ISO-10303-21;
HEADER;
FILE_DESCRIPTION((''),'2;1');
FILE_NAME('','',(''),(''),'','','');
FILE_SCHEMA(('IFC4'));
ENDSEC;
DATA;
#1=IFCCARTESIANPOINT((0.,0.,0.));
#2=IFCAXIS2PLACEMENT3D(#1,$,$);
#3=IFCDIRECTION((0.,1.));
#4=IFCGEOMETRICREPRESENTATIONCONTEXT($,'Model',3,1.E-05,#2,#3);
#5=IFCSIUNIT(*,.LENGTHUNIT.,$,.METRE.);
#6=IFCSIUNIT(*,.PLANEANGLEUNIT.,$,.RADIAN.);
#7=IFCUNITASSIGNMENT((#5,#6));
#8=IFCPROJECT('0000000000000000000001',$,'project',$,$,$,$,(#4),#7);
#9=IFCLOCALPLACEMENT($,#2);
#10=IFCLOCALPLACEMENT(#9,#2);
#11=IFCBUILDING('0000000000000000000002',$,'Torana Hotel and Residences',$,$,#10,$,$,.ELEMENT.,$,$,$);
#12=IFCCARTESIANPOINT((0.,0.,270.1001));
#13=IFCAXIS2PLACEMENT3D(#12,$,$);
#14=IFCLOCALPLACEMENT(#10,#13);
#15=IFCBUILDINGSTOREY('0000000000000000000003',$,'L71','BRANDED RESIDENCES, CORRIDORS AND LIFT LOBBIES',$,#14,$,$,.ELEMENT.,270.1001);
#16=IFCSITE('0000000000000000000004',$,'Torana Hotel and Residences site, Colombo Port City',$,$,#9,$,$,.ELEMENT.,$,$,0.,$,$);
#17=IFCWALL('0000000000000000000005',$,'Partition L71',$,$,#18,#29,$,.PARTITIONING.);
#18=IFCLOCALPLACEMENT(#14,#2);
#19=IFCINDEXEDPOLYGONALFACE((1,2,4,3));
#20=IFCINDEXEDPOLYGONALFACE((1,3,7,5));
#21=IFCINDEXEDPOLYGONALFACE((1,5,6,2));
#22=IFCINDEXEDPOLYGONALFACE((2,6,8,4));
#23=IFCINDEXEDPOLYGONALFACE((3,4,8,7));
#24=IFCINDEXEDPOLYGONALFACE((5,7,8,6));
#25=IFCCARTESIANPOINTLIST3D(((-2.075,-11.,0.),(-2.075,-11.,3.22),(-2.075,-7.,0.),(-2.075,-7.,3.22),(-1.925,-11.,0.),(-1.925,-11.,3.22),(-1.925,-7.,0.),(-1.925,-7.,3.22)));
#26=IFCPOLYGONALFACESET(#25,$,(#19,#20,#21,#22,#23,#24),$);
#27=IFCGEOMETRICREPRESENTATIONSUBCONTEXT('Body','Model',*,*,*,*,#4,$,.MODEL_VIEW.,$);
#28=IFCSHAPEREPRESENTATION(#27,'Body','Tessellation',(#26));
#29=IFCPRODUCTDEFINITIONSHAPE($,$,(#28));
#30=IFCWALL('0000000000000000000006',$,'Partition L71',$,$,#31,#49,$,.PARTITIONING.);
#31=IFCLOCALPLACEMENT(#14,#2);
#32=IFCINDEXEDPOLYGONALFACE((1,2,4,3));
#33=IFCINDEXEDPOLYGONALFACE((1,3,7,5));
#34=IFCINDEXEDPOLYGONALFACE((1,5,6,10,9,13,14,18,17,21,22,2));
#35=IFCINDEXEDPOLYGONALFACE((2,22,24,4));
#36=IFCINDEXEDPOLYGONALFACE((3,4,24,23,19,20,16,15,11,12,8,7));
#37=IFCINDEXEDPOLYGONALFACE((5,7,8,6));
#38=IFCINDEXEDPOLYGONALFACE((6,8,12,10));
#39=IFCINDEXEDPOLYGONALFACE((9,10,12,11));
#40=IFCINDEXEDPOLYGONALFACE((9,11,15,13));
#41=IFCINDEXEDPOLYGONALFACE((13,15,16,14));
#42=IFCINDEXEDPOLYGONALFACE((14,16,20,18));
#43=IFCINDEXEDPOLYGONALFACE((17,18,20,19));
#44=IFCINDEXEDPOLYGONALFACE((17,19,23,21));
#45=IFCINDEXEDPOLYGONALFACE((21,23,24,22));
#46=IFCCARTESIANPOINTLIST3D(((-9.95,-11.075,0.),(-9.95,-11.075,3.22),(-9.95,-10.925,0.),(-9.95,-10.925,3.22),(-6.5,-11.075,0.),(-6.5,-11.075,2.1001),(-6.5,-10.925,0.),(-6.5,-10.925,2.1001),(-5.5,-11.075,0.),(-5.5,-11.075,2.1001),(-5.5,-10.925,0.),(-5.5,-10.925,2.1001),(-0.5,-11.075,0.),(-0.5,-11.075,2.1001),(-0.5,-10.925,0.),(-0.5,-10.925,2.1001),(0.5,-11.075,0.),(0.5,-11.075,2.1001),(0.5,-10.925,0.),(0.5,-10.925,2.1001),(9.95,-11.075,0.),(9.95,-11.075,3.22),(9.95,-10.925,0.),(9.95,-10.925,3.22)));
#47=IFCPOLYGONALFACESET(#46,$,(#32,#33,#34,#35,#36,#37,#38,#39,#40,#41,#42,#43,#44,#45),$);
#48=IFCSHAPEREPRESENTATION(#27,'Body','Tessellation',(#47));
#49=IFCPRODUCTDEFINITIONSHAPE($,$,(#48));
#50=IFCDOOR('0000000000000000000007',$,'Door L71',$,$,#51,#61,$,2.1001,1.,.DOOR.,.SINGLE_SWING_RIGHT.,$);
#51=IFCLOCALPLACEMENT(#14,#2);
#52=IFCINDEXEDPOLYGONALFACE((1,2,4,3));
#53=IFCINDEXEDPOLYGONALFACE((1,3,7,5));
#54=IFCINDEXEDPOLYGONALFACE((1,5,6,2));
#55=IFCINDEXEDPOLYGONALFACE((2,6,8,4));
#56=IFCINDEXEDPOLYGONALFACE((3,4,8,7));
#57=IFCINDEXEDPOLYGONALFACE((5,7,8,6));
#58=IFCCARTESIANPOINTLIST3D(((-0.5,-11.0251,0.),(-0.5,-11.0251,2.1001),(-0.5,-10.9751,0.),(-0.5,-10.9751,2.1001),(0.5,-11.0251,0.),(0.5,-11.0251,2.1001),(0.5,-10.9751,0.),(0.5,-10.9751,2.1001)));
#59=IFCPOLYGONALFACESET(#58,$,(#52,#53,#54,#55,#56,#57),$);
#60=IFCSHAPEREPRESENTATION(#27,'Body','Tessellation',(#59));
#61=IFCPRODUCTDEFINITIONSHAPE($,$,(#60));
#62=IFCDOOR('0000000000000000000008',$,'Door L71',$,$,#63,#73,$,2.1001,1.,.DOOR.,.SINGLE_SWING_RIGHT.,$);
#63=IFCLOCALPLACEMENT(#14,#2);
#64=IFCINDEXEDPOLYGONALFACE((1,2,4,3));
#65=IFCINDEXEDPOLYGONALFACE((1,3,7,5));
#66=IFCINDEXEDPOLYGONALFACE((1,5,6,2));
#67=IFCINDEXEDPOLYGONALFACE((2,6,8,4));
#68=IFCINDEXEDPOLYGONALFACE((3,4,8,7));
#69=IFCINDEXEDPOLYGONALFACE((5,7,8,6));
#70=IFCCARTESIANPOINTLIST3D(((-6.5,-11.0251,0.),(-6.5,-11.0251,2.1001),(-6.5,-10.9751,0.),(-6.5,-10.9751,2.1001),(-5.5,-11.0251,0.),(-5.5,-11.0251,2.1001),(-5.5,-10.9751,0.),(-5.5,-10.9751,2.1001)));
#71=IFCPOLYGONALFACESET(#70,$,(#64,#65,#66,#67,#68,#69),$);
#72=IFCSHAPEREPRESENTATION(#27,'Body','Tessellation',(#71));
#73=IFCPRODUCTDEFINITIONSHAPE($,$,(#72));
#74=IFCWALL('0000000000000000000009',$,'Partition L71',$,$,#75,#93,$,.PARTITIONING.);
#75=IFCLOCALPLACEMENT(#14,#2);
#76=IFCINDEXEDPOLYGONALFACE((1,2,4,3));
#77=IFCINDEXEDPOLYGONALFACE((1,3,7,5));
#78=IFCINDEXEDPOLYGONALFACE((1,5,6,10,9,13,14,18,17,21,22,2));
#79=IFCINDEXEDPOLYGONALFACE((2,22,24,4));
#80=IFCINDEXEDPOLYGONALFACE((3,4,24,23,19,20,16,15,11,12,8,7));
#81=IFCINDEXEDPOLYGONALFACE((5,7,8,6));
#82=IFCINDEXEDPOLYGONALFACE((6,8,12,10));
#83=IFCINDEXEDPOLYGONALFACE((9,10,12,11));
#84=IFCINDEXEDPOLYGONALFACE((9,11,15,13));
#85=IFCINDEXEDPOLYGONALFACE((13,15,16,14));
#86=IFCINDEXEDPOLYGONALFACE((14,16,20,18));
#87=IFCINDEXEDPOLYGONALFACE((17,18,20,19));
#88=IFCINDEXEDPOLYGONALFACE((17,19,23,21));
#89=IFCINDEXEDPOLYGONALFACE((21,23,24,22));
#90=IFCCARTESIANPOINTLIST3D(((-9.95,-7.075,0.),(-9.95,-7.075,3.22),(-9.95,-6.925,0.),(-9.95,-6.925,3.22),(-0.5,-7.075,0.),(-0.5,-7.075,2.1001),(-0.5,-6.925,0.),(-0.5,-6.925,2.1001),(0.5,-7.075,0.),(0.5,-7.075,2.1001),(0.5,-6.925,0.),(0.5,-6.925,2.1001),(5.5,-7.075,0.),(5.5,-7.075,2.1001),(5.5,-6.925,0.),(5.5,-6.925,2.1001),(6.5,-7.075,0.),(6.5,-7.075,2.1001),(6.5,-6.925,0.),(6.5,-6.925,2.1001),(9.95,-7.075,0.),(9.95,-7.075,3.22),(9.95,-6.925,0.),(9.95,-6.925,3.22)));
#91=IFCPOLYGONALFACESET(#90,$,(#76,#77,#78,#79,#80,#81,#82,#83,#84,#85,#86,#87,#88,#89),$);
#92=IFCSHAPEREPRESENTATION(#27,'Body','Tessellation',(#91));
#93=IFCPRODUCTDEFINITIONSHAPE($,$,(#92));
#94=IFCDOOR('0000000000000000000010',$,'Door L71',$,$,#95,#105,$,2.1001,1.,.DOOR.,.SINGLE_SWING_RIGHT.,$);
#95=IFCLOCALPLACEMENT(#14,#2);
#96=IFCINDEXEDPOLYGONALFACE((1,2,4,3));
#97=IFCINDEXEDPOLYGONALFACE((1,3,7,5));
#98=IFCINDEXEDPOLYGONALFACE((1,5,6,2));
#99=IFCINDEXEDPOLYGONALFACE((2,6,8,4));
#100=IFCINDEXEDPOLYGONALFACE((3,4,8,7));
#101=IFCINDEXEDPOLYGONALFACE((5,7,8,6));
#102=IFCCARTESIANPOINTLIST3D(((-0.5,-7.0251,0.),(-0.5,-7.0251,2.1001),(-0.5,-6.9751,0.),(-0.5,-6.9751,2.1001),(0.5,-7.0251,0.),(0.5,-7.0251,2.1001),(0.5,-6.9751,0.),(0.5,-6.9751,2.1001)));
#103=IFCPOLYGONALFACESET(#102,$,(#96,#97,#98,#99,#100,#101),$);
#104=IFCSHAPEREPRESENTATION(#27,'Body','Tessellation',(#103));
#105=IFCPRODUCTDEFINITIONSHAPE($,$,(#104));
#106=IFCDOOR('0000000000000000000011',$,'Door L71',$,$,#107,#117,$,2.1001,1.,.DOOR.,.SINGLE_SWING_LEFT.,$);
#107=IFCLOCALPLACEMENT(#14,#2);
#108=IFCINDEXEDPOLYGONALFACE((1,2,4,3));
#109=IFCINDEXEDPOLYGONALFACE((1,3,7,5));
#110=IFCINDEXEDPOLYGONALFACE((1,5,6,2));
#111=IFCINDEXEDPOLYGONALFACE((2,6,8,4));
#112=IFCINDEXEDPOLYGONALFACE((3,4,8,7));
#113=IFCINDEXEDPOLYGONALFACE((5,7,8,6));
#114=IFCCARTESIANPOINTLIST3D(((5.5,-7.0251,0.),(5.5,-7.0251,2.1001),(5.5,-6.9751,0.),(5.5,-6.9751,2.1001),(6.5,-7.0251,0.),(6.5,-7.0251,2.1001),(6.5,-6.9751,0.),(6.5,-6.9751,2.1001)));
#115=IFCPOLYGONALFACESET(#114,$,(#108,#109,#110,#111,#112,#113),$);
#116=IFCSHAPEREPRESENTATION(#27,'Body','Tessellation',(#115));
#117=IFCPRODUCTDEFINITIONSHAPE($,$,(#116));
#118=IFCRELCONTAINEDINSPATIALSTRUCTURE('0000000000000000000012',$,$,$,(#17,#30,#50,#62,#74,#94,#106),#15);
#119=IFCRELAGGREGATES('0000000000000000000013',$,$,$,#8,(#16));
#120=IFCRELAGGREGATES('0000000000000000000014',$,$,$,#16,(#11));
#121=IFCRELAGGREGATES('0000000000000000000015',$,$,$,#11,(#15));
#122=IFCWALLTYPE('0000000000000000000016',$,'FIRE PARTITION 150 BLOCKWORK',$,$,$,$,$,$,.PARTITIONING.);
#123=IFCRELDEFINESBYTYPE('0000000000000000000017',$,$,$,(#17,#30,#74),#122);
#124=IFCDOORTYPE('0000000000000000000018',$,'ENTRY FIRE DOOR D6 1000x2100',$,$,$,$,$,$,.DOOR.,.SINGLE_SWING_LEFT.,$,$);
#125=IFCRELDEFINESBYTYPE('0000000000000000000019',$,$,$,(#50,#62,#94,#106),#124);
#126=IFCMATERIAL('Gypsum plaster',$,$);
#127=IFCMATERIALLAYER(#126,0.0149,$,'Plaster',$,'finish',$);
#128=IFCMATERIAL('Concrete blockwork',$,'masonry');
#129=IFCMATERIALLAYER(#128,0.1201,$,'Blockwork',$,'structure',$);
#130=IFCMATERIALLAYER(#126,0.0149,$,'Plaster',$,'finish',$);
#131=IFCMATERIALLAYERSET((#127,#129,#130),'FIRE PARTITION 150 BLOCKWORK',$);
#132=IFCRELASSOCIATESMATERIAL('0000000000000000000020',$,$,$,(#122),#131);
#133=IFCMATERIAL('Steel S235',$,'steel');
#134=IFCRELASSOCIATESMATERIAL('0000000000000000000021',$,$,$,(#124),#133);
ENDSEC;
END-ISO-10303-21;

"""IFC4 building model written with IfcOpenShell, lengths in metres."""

from ifc_helpers import new_model, si_unit, direction, frame, frame_2d, origin, place, context, subcontext, project, spatial, rectangle, extrude, material, layer, layer_set, type_object, element, fill, save


model = new_model("IFC4")

# Units and contexts
model_context = context("Model", 3, precision=1e-05, world=origin(), true_north=direction((0.0, 1.0)))
body_context = subcontext(model_context, "Body", "Model", "MODEL_VIEW")
ifc_project = project(units=[si_unit("LENGTHUNIT", "METRE"), si_unit("PLANEANGLEUNIT", "RADIAN")], contexts=[model_context])

# Site, building, storey
site_placement = place(None, origin())
site = spatial("IfcSite", under=ifc_project, at=site_placement, Name="Torana Hotel and Residences site, Colombo Port City", CompositionType="ELEMENT", RefElevation=0.0)
building_placement = place(site_placement, origin())
building = spatial("IfcBuilding", under=site, at=building_placement, Name="Torana Hotel and Residences", CompositionType="ELEMENT")
storey_placement = place(building_placement, frame((0.0, 0.0, 270.1001)))
storey = spatial("IfcBuildingStorey", under=building, at=storey_placement, Name="L71", Description="BRANDED RESIDENCES, CORRIDORS AND LIFT LOBBIES", CompositionType="ELEMENT", Elevation=270.1001)

# Wall
ifc_material_1 = material(Name="Gypsum plaster")
ifc_layer_1 = layer(ifc_material_1, 0.0149, Name="Plaster", Category="finish")
ifc_material_2 = material(Name="Concrete blockwork", Category="masonry")
ifc_layer_2 = layer(ifc_material_2, 0.1201, Name="Blockwork", Category="structure")
ifc_layer_3 = layer(ifc_material_1, 0.0149, Name="Plaster", Category="finish")
ifc_layer_set_1 = layer_set([ifc_layer_1, ifc_layer_2, ifc_layer_3], Name="FIRE PARTITION 150 BLOCKWORK")
wall_type_1 = type_object("IfcWallType", Name="FIRE PARTITION 150 BLOCKWORK", PredefinedType="PARTITIONING", material=ifc_layer_set_1)
wall_1_placement = place(storey_placement, frame((-2.0, -11.0, 0.0), z_axis=(0.0, 0.0, 1.0), x_axis=(0.0, 1.0, 0.0)))
element("IfcWall", 1, at=wall_1_placement, inside=storey, type_object=wall_type_1, Name="Partition L71", PredefinedType="PARTITIONING", context=body_context, shape_type="SweptSolid", body=[
    extrude(rectangle(XDim=4.0, YDim=0.1499, at=frame_2d((2.0, 0.0))), origin(), (0.0, 0.0, 1.0), 3.22),
])

# Walls, openings, doors
wall_2_placement = place(storey_placement, frame((-9.95, -11.0, 0.0), z_axis=(0.0, 0.0, 1.0), x_axis=(1.0, 0.0, 0.0)))
wall_2 = element("IfcWall", 2, at=wall_2_placement, inside=storey, type_object=wall_type_1, Name="Partition L71", PredefinedType="PARTITIONING", context=body_context, shape_type="SweptSolid", body=[
    extrude(rectangle(XDim=19.8999, YDim=0.1499, at=frame_2d((9.95, 0.0))), origin(), (0.0, 0.0, 1.0), 3.22),
])
opening_1_placement = place(wall_2_placement, frame((9.45, 0.0, 0.0)))
opening_1 = element("IfcOpeningElement", 3, at=opening_1_placement, cuts=wall_2, PredefinedType="OPENING", context=body_context, shape_type="SweptSolid", body=[
    extrude(rectangle(XDim=1.0, YDim=2.1001, at=frame_2d((0.5, 1.05))), frame((0.0, 0.085, 0.0), z_axis=(0.0, -1.0, 0.0), x_axis=(1.0, 0.0, 0.0)), (0.0, 0.0, 1.0), 0.1699),
])
opening_2_placement = place(wall_2_placement, frame((3.45, 0.0, 0.0)))
opening_2 = element("IfcOpeningElement", 4, at=opening_2_placement, cuts=wall_2, PredefinedType="OPENING", context=body_context, shape_type="SweptSolid", body=[
    extrude(rectangle(XDim=1.0, YDim=2.1001, at=frame_2d((0.5, 1.05))), frame((0.0, 0.085, 0.0), z_axis=(0.0, -1.0, 0.0), x_axis=(1.0, 0.0, 0.0)), (0.0, 0.0, 1.0), 0.1699),
])
ifc_material_3 = material(Name="Steel S235", Category="steel")
door_type_1 = type_object("IfcDoorType", Name="ENTRY FIRE DOOR D6 1000x2100", OperationType="SINGLE_SWING_LEFT", PredefinedType="DOOR", material=ifc_material_3)
door_1_placement = place(opening_1_placement, origin())
door_1 = element("IfcDoor", 5, at=door_1_placement, inside=storey, type_object=door_type_1, Name="Door L71", OperationType="SINGLE_SWING_RIGHT", OverallHeight=2.1001, OverallWidth=1.0, PredefinedType="DOOR", context=body_context, shape_type="SweptSolid", body=[
    extrude(rectangle(XDim=1.0, YDim=2.1001, at=frame_2d((0.5, 1.05))), frame((0.0, 0.0249, 0.0), z_axis=(0.0, -1.0, 0.0), x_axis=(1.0, 0.0, 0.0)), (0.0, 0.0, 1.0), 0.05),
])
fill(opening_1, door_1)
door_2_placement = place(opening_2_placement, origin())
door_2 = element("IfcDoor", 6, at=door_2_placement, inside=storey, type_object=door_type_1, Name="Door L71", OperationType="SINGLE_SWING_RIGHT", OverallHeight=2.1001, OverallWidth=1.0, PredefinedType="DOOR", context=body_context, shape_type="SweptSolid", body=[
    extrude(rectangle(XDim=1.0, YDim=2.1001, at=frame_2d((0.5, 1.05))), frame((0.0, 0.0249, 0.0), z_axis=(0.0, -1.0, 0.0), x_axis=(1.0, 0.0, 0.0)), (0.0, 0.0, 1.0), 0.05),
])
fill(opening_2, door_2)
wall_3_placement = place(storey_placement, frame((-9.95, -7.0, 0.0), z_axis=(0.0, 0.0, 1.0), x_axis=(1.0, 0.0, 0.0)))
wall_3 = element("IfcWall", 7, at=wall_3_placement, inside=storey, type_object=wall_type_1, Name="Partition L71", PredefinedType="PARTITIONING", context=body_context, shape_type="SweptSolid", body=[
    extrude(rectangle(XDim=19.8999, YDim=0.1499, at=frame_2d((9.95, 0.0))), origin(), (0.0, 0.0, 1.0), 3.22),
])
opening_3_placement = place(wall_3_placement, frame((9.45, 0.0, 0.0)))
opening_3 = element("IfcOpeningElement", 8, at=opening_3_placement, cuts=wall_3, PredefinedType="OPENING", context=body_context, shape_type="SweptSolid", body=[
    extrude(rectangle(XDim=1.0, YDim=2.1001, at=frame_2d((0.5, 1.05))), frame((0.0, 0.085, 0.0), z_axis=(0.0, -1.0, 0.0), x_axis=(1.0, 0.0, 0.0)), (0.0, 0.0, 1.0), 0.1699),
])
opening_4_placement = place(wall_3_placement, frame((15.45, 0.0, 0.0)))
opening_4 = element("IfcOpeningElement", 9, at=opening_4_placement, cuts=wall_3, PredefinedType="OPENING", context=body_context, shape_type="SweptSolid", body=[
    extrude(rectangle(XDim=1.0, YDim=2.1001, at=frame_2d((0.5, 1.05))), frame((0.0, 0.085, 0.0), z_axis=(0.0, -1.0, 0.0), x_axis=(1.0, 0.0, 0.0)), (0.0, 0.0, 1.0), 0.1699),
])
door_3_placement = place(opening_3_placement, origin())
door_3 = element("IfcDoor", 10, at=door_3_placement, inside=storey, type_object=door_type_1, Name="Door L71", OperationType="SINGLE_SWING_RIGHT", OverallHeight=2.1001, OverallWidth=1.0, PredefinedType="DOOR", context=body_context, shape_type="SweptSolid", body=[
    extrude(rectangle(XDim=1.0, YDim=2.1001, at=frame_2d((0.5, 1.05))), frame((0.0, 0.0249, 0.0), z_axis=(0.0, -1.0, 0.0), x_axis=(1.0, 0.0, 0.0)), (0.0, 0.0, 1.0), 0.05),
])
fill(opening_3, door_3)
door_4_placement = place(opening_4_placement, frame((0.5, 0.0, 0.0), z_axis=(0.0, 0.0, 1.0), x_axis=(-1.0, 0.0, 0.0)))
door_4 = element("IfcDoor", 11, at=door_4_placement, inside=storey, type_object=door_type_1, Name="Door L71", OperationType="SINGLE_SWING_LEFT", OverallHeight=2.1001, OverallWidth=1.0, PredefinedType="DOOR", context=body_context, shape_type="SweptSolid", body=[
    extrude(rectangle(XDim=1.0, YDim=2.1001, at=frame_2d((0.0, 1.05))), frame((0.0, -0.0249, 0.0), z_axis=(0.0, 1.0, 0.0), x_axis=(-1.0, 0.0, 0.0)), (0.0, 0.0, 1.0), 0.05),
])
fill(opening_4, door_4)

save(model, "model.ifc")
